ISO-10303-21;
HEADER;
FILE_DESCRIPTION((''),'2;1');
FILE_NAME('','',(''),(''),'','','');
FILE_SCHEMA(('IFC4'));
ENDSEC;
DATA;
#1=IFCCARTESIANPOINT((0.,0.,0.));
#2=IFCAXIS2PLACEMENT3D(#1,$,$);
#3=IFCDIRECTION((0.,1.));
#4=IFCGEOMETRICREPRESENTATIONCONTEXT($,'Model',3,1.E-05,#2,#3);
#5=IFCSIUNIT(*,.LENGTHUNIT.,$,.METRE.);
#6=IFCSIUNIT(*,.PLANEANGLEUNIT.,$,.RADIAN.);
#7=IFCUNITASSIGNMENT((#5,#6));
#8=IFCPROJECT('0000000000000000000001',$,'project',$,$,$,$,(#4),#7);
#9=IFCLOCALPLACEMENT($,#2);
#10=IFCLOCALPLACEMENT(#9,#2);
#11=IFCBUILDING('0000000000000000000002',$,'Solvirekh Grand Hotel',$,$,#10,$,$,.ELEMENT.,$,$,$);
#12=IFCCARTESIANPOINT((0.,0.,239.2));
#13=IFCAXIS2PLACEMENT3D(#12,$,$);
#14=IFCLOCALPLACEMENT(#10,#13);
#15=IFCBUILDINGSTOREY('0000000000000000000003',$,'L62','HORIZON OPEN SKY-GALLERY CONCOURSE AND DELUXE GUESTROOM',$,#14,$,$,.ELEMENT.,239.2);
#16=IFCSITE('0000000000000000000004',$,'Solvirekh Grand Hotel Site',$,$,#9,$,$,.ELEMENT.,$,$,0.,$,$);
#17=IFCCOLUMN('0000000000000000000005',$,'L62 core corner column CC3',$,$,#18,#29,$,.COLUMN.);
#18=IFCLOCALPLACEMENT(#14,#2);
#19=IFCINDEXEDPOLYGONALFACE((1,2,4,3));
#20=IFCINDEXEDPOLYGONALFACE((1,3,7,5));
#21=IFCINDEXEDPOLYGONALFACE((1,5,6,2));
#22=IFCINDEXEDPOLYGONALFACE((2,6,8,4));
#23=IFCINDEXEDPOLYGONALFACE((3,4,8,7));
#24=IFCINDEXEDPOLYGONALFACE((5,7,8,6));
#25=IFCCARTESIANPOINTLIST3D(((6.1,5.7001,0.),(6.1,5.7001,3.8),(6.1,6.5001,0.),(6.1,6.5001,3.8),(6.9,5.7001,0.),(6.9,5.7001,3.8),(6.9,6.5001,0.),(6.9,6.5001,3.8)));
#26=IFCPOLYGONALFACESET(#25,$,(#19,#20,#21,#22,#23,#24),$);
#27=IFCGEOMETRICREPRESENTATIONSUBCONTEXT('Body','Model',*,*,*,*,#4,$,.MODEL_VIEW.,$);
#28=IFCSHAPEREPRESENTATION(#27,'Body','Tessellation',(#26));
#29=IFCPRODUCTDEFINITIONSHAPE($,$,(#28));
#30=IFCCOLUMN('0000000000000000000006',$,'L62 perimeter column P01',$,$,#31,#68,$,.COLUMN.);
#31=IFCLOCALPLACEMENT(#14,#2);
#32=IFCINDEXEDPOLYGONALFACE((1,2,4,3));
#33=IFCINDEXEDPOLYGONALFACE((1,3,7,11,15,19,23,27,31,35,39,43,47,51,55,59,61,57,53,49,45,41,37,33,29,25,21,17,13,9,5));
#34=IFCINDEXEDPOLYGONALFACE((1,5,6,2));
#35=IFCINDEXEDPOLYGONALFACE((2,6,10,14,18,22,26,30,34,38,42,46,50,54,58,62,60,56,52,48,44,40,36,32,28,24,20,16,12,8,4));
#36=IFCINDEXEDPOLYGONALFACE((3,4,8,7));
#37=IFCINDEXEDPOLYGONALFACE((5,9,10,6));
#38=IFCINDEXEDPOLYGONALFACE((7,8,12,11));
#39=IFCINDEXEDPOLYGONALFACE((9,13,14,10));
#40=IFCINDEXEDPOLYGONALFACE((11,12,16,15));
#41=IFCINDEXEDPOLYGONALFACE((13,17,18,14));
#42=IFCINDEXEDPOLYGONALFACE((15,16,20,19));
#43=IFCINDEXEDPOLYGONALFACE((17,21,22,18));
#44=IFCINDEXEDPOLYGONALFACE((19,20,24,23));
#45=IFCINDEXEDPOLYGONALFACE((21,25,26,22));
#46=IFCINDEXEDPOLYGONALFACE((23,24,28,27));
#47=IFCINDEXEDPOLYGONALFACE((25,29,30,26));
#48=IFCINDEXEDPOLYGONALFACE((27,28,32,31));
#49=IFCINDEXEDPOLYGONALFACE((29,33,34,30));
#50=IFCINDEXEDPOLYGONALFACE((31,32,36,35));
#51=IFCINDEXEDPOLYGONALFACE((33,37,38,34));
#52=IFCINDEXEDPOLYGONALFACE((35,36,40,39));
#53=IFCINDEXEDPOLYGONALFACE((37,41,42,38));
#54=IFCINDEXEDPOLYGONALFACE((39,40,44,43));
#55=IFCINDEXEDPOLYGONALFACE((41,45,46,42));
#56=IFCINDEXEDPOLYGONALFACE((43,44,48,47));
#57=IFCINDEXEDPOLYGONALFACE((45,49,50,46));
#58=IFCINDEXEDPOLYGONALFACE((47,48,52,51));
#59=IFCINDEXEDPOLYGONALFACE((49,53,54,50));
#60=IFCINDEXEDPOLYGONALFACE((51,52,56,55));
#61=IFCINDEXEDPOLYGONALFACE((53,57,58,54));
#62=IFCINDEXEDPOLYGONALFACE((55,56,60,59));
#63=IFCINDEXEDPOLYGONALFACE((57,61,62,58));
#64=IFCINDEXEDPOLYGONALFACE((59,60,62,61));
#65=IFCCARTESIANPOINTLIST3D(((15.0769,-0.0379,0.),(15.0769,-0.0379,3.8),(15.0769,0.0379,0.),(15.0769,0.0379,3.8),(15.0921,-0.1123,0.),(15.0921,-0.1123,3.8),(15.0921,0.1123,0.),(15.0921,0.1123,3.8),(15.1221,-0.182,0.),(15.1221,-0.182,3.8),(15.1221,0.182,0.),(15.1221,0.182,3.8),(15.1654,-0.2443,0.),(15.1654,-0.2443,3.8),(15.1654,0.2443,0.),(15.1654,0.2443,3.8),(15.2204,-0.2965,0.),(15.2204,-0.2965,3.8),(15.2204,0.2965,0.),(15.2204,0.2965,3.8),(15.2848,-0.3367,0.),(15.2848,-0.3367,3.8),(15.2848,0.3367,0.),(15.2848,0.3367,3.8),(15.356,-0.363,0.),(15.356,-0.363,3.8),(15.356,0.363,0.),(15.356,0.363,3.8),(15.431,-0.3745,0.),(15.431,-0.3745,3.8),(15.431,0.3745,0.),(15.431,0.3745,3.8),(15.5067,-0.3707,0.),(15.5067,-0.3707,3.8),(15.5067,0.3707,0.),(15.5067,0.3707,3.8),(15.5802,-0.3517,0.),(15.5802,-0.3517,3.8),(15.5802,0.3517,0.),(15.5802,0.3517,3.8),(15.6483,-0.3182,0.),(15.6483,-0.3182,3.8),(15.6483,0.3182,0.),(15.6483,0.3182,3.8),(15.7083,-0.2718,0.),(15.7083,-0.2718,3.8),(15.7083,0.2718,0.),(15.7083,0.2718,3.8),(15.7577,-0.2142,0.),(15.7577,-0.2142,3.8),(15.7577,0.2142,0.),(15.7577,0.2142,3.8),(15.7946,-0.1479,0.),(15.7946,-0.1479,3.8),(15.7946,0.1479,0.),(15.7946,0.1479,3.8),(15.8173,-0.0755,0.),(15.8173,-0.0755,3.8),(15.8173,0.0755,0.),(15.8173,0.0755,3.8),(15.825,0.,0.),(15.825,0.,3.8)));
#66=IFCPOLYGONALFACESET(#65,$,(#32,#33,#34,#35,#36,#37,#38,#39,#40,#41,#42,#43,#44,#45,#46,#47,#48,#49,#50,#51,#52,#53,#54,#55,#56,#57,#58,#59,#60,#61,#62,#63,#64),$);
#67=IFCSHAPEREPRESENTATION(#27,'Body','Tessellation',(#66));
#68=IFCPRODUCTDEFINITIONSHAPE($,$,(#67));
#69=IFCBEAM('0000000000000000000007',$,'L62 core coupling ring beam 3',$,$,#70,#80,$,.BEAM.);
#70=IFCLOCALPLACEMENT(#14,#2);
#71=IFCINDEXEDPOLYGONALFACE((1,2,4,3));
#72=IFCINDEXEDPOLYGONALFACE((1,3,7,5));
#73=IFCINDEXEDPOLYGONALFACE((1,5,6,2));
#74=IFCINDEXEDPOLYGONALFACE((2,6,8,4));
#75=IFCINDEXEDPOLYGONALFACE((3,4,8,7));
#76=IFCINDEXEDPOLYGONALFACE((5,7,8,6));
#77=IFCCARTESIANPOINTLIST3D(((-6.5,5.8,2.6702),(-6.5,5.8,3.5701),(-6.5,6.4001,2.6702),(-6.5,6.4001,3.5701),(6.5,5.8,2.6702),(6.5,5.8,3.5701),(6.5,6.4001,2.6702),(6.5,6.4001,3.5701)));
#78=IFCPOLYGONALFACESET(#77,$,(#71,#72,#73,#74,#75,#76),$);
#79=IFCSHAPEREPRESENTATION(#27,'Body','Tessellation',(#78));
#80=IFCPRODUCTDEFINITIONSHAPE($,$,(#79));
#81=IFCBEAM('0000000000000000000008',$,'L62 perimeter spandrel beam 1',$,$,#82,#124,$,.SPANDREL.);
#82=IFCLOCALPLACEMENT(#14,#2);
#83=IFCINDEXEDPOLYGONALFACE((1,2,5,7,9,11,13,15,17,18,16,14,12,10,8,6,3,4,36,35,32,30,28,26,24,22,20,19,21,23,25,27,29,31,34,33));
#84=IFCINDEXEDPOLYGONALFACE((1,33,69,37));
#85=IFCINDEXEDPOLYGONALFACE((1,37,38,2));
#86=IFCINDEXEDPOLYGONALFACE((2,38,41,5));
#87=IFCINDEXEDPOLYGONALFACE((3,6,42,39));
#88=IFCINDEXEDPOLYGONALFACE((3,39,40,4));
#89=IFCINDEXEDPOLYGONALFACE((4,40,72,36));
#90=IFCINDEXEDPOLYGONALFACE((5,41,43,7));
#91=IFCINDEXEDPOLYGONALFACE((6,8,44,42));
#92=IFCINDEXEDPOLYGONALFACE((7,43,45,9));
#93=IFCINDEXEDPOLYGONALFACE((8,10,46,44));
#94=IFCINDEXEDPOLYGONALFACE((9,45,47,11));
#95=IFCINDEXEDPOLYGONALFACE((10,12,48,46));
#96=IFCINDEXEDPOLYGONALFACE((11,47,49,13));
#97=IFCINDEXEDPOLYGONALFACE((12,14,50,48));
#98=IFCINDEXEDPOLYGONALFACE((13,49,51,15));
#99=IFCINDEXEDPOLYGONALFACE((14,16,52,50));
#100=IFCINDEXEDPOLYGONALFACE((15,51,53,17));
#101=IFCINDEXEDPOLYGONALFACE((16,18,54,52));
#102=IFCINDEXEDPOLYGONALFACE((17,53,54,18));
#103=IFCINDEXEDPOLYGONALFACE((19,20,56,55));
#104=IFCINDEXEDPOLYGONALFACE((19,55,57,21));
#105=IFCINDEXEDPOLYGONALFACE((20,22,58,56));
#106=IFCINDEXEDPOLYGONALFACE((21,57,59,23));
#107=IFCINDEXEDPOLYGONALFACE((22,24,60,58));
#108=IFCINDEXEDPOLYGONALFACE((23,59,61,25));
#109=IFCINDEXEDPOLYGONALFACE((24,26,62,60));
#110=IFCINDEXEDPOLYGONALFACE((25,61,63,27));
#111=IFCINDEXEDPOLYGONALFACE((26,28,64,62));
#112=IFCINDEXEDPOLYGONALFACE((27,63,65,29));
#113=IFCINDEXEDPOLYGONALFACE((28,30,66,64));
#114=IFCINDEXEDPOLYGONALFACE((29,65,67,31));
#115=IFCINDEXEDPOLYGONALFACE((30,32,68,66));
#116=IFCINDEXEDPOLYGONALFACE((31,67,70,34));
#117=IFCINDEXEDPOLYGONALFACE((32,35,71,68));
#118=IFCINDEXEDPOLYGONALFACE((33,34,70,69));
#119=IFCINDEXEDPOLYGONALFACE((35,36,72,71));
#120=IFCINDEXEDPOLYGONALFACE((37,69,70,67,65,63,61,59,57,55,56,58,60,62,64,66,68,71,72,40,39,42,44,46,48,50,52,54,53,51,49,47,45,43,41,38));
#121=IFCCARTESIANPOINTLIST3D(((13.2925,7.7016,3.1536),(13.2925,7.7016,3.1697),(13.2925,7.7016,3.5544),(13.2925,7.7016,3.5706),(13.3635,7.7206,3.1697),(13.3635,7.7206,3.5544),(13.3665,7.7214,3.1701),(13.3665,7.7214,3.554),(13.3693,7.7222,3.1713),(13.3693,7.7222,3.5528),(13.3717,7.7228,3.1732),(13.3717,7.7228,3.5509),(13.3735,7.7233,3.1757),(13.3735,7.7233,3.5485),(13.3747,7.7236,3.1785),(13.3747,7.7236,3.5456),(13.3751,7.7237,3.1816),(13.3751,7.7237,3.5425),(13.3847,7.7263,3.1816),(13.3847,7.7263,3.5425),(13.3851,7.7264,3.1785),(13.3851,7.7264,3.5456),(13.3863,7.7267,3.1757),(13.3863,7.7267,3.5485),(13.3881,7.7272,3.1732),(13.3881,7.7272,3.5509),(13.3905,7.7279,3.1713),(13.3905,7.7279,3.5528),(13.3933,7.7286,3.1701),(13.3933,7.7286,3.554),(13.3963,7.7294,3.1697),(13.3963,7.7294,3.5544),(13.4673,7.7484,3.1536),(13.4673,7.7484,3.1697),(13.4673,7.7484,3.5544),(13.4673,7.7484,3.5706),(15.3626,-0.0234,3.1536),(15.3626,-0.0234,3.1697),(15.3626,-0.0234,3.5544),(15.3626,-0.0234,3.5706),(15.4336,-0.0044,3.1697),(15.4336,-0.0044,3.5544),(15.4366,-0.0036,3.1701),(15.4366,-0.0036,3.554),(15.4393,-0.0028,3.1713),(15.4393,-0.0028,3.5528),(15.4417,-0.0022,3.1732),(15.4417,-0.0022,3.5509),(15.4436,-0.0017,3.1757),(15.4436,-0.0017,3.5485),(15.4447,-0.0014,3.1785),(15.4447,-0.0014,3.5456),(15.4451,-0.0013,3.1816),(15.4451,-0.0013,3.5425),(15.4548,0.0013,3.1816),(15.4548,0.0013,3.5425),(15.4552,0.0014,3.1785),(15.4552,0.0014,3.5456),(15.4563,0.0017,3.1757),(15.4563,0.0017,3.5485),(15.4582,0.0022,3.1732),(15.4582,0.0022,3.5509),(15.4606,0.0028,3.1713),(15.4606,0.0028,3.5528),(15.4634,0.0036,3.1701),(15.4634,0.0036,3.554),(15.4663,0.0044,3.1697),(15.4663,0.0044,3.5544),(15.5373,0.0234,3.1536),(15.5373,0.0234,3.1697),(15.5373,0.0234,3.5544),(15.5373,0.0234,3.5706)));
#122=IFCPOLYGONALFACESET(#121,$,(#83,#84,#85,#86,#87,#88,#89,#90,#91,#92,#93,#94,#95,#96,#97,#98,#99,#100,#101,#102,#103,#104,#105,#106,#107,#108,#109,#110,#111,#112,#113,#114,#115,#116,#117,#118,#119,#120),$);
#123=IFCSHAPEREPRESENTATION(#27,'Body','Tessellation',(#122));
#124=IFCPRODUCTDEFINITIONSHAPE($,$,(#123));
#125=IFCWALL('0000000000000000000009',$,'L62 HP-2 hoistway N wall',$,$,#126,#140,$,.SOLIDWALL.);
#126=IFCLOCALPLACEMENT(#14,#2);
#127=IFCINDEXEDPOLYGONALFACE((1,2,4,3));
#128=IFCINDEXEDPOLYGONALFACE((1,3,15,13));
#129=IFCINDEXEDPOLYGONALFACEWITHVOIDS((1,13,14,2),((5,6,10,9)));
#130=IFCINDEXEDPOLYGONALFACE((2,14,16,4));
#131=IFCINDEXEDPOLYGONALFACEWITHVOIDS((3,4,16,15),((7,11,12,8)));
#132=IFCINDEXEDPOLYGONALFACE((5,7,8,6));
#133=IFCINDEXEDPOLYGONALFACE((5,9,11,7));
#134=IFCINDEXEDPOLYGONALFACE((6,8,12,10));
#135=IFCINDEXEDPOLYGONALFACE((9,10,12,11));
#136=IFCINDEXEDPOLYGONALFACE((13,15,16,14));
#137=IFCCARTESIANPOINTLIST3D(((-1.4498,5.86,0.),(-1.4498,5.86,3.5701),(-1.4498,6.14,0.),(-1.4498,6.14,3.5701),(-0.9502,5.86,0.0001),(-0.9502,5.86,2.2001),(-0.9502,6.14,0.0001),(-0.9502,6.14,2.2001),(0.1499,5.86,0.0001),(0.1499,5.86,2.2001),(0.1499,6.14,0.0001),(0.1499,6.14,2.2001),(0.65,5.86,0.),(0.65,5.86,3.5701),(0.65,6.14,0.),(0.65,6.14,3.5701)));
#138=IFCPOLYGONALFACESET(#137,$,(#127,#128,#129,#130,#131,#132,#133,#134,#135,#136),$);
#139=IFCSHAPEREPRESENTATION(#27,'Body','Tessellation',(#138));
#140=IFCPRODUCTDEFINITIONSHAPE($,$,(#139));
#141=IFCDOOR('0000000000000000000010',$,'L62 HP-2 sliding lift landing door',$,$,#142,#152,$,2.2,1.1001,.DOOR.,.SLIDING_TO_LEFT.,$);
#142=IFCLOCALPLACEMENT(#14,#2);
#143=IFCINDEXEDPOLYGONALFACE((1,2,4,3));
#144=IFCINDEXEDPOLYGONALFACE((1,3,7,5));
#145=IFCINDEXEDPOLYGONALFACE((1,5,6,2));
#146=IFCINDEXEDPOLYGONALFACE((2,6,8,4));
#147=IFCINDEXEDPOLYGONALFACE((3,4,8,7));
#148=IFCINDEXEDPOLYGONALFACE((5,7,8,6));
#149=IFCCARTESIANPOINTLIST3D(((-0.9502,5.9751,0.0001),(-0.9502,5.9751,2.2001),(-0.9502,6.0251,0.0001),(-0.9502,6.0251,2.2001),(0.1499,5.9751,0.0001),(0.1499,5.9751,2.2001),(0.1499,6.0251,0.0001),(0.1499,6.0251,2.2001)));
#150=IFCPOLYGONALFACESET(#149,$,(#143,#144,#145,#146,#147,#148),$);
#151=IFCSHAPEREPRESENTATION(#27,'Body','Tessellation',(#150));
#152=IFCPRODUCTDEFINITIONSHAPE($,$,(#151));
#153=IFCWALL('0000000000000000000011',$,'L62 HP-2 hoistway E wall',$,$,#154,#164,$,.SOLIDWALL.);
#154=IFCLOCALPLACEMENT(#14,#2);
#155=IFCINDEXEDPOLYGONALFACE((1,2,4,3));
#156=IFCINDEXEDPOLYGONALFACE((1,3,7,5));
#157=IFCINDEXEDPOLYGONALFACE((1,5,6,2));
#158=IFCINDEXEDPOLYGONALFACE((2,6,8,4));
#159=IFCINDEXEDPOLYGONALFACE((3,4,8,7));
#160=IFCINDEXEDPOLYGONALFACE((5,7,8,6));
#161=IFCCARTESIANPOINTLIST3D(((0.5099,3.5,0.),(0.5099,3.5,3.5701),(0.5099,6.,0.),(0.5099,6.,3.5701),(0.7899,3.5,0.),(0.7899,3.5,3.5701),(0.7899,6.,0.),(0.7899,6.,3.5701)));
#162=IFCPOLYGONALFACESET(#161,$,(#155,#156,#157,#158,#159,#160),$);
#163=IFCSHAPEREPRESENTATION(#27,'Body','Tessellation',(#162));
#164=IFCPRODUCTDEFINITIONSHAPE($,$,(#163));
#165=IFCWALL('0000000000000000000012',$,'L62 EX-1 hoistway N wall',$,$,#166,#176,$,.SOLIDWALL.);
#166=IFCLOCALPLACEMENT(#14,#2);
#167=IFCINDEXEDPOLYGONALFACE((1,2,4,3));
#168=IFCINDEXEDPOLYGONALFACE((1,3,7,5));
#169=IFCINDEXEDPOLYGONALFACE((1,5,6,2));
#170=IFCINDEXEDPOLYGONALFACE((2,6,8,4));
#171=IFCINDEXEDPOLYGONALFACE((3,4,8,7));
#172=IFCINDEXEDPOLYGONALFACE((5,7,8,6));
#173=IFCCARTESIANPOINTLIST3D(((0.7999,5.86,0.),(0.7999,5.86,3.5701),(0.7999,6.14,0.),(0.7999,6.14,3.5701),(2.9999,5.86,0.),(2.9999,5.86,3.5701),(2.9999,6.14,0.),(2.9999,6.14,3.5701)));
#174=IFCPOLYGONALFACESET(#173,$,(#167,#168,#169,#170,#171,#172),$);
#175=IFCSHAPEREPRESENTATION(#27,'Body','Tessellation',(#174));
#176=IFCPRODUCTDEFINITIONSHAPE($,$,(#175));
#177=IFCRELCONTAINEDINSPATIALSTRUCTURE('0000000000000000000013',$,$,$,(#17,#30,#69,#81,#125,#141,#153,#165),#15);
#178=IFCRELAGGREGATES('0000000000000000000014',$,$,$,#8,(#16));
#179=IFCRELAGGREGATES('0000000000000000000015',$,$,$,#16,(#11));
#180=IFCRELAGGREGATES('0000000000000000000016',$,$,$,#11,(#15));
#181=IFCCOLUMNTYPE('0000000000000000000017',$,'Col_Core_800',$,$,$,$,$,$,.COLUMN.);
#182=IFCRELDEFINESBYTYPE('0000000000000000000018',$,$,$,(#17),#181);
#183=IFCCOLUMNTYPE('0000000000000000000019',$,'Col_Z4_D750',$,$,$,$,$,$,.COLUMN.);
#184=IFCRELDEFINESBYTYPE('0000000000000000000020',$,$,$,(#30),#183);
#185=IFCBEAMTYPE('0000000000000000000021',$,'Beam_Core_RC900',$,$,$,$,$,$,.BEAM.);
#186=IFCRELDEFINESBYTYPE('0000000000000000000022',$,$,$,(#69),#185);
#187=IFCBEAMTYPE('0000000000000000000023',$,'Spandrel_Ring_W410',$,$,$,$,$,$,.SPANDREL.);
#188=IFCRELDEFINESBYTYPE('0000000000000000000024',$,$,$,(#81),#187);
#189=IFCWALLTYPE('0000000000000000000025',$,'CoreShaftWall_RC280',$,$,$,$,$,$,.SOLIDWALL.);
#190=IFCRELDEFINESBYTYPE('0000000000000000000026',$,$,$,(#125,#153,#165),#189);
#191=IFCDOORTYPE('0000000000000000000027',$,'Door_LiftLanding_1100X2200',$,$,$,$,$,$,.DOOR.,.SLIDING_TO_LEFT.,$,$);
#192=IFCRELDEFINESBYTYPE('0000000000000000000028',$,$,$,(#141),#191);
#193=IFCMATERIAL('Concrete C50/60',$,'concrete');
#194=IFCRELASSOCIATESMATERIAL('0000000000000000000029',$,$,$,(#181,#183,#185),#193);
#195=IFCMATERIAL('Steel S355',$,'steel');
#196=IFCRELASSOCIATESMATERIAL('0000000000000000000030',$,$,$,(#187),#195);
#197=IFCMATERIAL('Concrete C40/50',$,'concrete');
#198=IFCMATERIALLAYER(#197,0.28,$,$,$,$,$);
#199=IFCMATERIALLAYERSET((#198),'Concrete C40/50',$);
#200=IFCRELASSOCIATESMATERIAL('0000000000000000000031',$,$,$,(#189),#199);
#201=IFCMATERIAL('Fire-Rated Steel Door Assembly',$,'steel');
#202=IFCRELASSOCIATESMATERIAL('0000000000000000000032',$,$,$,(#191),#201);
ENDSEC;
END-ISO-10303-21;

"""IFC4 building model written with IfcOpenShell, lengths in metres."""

from ifc_helpers import new_model, si_unit, direction, frame, frame_2d, origin, origin_2d, place, context, subcontext, project, spatial, rectangle, circle, i_section, extrude, material, layer, layer_set, material_profile, profile_set, type_object, element, fill, save


model = new_model("IFC4")

# Units and contexts
model_context = context("Model", 3, precision=1e-05, world=origin(), true_north=direction((0.0, 1.0)))
body_context = subcontext(model_context, "Body", "Model", "MODEL_VIEW")
ifc_project = project(units=[si_unit("LENGTHUNIT", "METRE"), si_unit("PLANEANGLEUNIT", "RADIAN")], contexts=[model_context])

# Site, building, storey
site_placement = place(None, origin())
site = spatial("IfcSite", under=ifc_project, at=site_placement, Name="Solvirekh Grand Hotel Site", CompositionType="ELEMENT", RefElevation=0.0)
building_placement = place(site_placement, origin())
building = spatial("IfcBuilding", under=site, at=building_placement, Name="Solvirekh Grand Hotel", CompositionType="ELEMENT")
storey_placement = place(building_placement, frame((0.0, 0.0, 239.2)))
storey = spatial("IfcBuildingStorey", under=building, at=storey_placement, Name="L62", Description="HORIZON OPEN SKY-GALLERY CONCOURSE AND DELUXE GUESTROOM", CompositionType="ELEMENT", Elevation=239.2)

# Columns
ifc_material_1 = material(Name="Concrete C50/60", Category="concrete")
ifc_material_profile_1 = material_profile(ifc_material_1, rectangle(XDim=0.8, YDim=0.8, at=origin_2d()), Name="RC 800X800")
ifc_profile_set_1 = profile_set([ifc_material_profile_1], Name="Concrete C50/60")
column_type_1 = type_object("IfcColumnType", Name="Col_Core_800", PredefinedType="COLUMN", material=ifc_profile_set_1)
column_1_placement = place(storey_placement, frame((6.5, 6.1001, 0.0), z_axis=(0.0, 0.0, 1.0), x_axis=(1.0, 0.0, 0.0)))
element("IfcColumn", 1, at=column_1_placement, inside=storey, type_object=column_type_1, Name="L62 core corner column CC3", PredefinedType="COLUMN", context=body_context, shape_type="SweptSolid", body=[
    extrude(rectangle(XDim=0.8, YDim=0.8, at=origin_2d()), origin(), (0.0, 0.0, 1.0), 3.8),
])
ifc_material_profile_2 = material_profile(ifc_material_1, circle(Radius=0.375, at=origin_2d()), Name="RC CIRC D750")
ifc_profile_set_2 = profile_set([ifc_material_profile_2], Name="Concrete C50/60")
column_type_2 = type_object("IfcColumnType", Name="Col_Z4_D750", PredefinedType="COLUMN", material=ifc_profile_set_2)
column_2_placement = place(storey_placement, frame((15.45, 0.0, 0.0), z_axis=(0.0, 0.0, 1.0), x_axis=(1.0, 0.0, 0.0)))
element("IfcColumn", 2, at=column_2_placement, inside=storey, type_object=column_type_2, Name="L62 perimeter column P01", PredefinedType="COLUMN", context=body_context, shape_type="SweptSolid", body=[
    extrude(circle(Radius=0.375, at=origin_2d()), origin(), (0.0, 0.0, 1.0), 3.8),
])

# Beams
ifc_material_profile_3 = material_profile(ifc_material_1, rectangle(XDim=0.6001, YDim=0.8999, at=origin_2d()), Name="RC BEAM 600X900")
ifc_profile_set_3 = profile_set([ifc_material_profile_3], Name="Concrete C50/60")
beam_type_1 = type_object("IfcBeamType", Name="Beam_Core_RC900", PredefinedType="BEAM", material=ifc_profile_set_3)
beam_1_placement = place(storey_placement, frame((6.5, 6.1001, 3.1201), z_axis=(-1.0, 0.0, 0.0), x_axis=(0.0, -1.0, 0.0)))
element("IfcBeam", 3, at=beam_1_placement, inside=storey, type_object=beam_type_1, Name="L62 core coupling ring beam 3", PredefinedType="BEAM", context=body_context, shape_type="SweptSolid", body=[
    extrude(rectangle(XDim=0.6001, YDim=0.8999, at=origin_2d()), origin(), (0.0, 0.0, 1.0), 13.0),
])
ifc_material_2 = material(Name="Steel S355", Category="steel")
ifc_material_profile_4 = material_profile(ifc_material_2, i_section(OverallWidth=0.1809, OverallDepth=0.417, WebThickness=0.01, FlangeThickness=0.0161, FilletRadius=0.012, at=origin_2d()), Name="W410X85")
ifc_profile_set_4 = profile_set([ifc_material_profile_4], Name="Steel S355")
beam_type_2 = type_object("IfcBeamType", Name="Spandrel_Ring_W410", PredefinedType="SPANDREL", material=ifc_profile_set_4)
beam_2_placement = place(storey_placement, frame((15.45, 0.0, 3.3621), z_axis=(-0.258835, 0.965922, 0.0), x_axis=(-0.965922, -0.258835, 0.0)))
element("IfcBeam", 4, at=beam_2_placement, inside=storey, type_object=beam_type_2, Name="L62 perimeter spandrel beam 1", PredefinedType="SPANDREL", context=body_context, shape_type="SweptSolid", body=[
    extrude(i_section(OverallWidth=0.1809, OverallDepth=0.417, WebThickness=0.01, FlangeThickness=0.0161, FilletRadius=0.012, at=origin_2d()), origin(), (0.0, 0.0, 1.0), 7.9976),
])

# Wall, opening, door
ifc_material_3 = material(Name="Concrete C40/50", Category="concrete")
ifc_layer_1 = layer(ifc_material_3, 0.28)
ifc_layer_set_1 = layer_set([ifc_layer_1], Name="Concrete C40/50")
wall_type_1 = type_object("IfcWallType", Name="CoreShaftWall_RC280", PredefinedType="SOLIDWALL", material=ifc_layer_set_1)
wall_1_placement = place(storey_placement, frame((0.6499, 6.0, 0.0), z_axis=(0.0, 0.0, 1.0), x_axis=(-1.0, 0.0, 0.0)))
wall_1 = element("IfcWall", 5, at=wall_1_placement, inside=storey, type_object=wall_type_1, Name="L62 HP-2 hoistway N wall", PredefinedType="SOLIDWALL", context=body_context, shape_type="SweptSolid", body=[
    extrude(rectangle(XDim=2.0999, YDim=0.28, at=frame_2d((1.0498, 0.0))), origin(), (0.0, 0.0, 1.0), 3.5701),
])
opening_1_placement = place(wall_1_placement, frame((0.5, 0.0, 0.0)))
opening_1 = element("IfcOpeningElement", 6, at=opening_1_placement, cuts=wall_1, PredefinedType="OPENING", context=body_context, shape_type="SweptSolid", body=[
    extrude(rectangle(XDim=1.1001, YDim=2.2, at=frame_2d((0.55, 1.1001))), frame((0.0, 0.1499, 0.0), z_axis=(0.0, -1.0, 0.0), x_axis=(1.0, 0.0, 0.0)), (0.0, 0.0, 1.0), 0.3),
])
ifc_material_4 = material(Name="Fire-Rated Steel Door Assembly", Category="steel")
door_type_1 = type_object("IfcDoorType", Name="Door_LiftLanding_1100X2200", OperationType="SLIDING_TO_LEFT", PredefinedType="DOOR", material=ifc_material_4)
door_1_placement = place(opening_1_placement, origin())
door_1 = element("IfcDoor", 7, at=door_1_placement, inside=storey, type_object=door_type_1, Name="L62 HP-2 sliding lift landing door", OperationType="SLIDING_TO_LEFT", OverallHeight=2.2, OverallWidth=1.1001, PredefinedType="DOOR", context=body_context, shape_type="SweptSolid", body=[
    extrude(rectangle(XDim=1.1001, YDim=2.2, at=frame_2d((0.55, 1.1001))), frame((0.0, 0.0249, 0.0), z_axis=(0.0, -1.0, 0.0), x_axis=(1.0, 0.0, 0.0)), (0.0, 0.0, 1.0), 0.05),
])
fill(opening_1, door_1)

# Walls
wall_2_placement = place(storey_placement, frame((0.6499, 3.5, 0.0), z_axis=(0.0, 0.0, 1.0), x_axis=(0.0, 1.0, 0.0)))
element("IfcWall", 8, at=wall_2_placement, inside=storey, type_object=wall_type_1, Name="L62 HP-2 hoistway E wall", PredefinedType="SOLIDWALL", context=body_context, shape_type="SweptSolid", body=[
    extrude(rectangle(XDim=2.5, YDim=0.28, at=frame_2d((1.25, 0.0))), origin(), (0.0, 0.0, 1.0), 3.5701),
])
wall_3_placement = place(storey_placement, frame((3.0, 6.0, 0.0), z_axis=(0.0, 0.0, 1.0), x_axis=(-1.0, 0.0, 0.0)))
element("IfcWall", 9, at=wall_3_placement, inside=storey, type_object=wall_type_1, Name="L62 EX-1 hoistway N wall", PredefinedType="SOLIDWALL", context=body_context, shape_type="SweptSolid", body=[
    extrude(rectangle(XDim=2.2, YDim=0.28, at=frame_2d((1.1001, 0.0))), origin(), (0.0, 0.0, 1.0), 3.5701),
])

save(model, "model.ifc")
